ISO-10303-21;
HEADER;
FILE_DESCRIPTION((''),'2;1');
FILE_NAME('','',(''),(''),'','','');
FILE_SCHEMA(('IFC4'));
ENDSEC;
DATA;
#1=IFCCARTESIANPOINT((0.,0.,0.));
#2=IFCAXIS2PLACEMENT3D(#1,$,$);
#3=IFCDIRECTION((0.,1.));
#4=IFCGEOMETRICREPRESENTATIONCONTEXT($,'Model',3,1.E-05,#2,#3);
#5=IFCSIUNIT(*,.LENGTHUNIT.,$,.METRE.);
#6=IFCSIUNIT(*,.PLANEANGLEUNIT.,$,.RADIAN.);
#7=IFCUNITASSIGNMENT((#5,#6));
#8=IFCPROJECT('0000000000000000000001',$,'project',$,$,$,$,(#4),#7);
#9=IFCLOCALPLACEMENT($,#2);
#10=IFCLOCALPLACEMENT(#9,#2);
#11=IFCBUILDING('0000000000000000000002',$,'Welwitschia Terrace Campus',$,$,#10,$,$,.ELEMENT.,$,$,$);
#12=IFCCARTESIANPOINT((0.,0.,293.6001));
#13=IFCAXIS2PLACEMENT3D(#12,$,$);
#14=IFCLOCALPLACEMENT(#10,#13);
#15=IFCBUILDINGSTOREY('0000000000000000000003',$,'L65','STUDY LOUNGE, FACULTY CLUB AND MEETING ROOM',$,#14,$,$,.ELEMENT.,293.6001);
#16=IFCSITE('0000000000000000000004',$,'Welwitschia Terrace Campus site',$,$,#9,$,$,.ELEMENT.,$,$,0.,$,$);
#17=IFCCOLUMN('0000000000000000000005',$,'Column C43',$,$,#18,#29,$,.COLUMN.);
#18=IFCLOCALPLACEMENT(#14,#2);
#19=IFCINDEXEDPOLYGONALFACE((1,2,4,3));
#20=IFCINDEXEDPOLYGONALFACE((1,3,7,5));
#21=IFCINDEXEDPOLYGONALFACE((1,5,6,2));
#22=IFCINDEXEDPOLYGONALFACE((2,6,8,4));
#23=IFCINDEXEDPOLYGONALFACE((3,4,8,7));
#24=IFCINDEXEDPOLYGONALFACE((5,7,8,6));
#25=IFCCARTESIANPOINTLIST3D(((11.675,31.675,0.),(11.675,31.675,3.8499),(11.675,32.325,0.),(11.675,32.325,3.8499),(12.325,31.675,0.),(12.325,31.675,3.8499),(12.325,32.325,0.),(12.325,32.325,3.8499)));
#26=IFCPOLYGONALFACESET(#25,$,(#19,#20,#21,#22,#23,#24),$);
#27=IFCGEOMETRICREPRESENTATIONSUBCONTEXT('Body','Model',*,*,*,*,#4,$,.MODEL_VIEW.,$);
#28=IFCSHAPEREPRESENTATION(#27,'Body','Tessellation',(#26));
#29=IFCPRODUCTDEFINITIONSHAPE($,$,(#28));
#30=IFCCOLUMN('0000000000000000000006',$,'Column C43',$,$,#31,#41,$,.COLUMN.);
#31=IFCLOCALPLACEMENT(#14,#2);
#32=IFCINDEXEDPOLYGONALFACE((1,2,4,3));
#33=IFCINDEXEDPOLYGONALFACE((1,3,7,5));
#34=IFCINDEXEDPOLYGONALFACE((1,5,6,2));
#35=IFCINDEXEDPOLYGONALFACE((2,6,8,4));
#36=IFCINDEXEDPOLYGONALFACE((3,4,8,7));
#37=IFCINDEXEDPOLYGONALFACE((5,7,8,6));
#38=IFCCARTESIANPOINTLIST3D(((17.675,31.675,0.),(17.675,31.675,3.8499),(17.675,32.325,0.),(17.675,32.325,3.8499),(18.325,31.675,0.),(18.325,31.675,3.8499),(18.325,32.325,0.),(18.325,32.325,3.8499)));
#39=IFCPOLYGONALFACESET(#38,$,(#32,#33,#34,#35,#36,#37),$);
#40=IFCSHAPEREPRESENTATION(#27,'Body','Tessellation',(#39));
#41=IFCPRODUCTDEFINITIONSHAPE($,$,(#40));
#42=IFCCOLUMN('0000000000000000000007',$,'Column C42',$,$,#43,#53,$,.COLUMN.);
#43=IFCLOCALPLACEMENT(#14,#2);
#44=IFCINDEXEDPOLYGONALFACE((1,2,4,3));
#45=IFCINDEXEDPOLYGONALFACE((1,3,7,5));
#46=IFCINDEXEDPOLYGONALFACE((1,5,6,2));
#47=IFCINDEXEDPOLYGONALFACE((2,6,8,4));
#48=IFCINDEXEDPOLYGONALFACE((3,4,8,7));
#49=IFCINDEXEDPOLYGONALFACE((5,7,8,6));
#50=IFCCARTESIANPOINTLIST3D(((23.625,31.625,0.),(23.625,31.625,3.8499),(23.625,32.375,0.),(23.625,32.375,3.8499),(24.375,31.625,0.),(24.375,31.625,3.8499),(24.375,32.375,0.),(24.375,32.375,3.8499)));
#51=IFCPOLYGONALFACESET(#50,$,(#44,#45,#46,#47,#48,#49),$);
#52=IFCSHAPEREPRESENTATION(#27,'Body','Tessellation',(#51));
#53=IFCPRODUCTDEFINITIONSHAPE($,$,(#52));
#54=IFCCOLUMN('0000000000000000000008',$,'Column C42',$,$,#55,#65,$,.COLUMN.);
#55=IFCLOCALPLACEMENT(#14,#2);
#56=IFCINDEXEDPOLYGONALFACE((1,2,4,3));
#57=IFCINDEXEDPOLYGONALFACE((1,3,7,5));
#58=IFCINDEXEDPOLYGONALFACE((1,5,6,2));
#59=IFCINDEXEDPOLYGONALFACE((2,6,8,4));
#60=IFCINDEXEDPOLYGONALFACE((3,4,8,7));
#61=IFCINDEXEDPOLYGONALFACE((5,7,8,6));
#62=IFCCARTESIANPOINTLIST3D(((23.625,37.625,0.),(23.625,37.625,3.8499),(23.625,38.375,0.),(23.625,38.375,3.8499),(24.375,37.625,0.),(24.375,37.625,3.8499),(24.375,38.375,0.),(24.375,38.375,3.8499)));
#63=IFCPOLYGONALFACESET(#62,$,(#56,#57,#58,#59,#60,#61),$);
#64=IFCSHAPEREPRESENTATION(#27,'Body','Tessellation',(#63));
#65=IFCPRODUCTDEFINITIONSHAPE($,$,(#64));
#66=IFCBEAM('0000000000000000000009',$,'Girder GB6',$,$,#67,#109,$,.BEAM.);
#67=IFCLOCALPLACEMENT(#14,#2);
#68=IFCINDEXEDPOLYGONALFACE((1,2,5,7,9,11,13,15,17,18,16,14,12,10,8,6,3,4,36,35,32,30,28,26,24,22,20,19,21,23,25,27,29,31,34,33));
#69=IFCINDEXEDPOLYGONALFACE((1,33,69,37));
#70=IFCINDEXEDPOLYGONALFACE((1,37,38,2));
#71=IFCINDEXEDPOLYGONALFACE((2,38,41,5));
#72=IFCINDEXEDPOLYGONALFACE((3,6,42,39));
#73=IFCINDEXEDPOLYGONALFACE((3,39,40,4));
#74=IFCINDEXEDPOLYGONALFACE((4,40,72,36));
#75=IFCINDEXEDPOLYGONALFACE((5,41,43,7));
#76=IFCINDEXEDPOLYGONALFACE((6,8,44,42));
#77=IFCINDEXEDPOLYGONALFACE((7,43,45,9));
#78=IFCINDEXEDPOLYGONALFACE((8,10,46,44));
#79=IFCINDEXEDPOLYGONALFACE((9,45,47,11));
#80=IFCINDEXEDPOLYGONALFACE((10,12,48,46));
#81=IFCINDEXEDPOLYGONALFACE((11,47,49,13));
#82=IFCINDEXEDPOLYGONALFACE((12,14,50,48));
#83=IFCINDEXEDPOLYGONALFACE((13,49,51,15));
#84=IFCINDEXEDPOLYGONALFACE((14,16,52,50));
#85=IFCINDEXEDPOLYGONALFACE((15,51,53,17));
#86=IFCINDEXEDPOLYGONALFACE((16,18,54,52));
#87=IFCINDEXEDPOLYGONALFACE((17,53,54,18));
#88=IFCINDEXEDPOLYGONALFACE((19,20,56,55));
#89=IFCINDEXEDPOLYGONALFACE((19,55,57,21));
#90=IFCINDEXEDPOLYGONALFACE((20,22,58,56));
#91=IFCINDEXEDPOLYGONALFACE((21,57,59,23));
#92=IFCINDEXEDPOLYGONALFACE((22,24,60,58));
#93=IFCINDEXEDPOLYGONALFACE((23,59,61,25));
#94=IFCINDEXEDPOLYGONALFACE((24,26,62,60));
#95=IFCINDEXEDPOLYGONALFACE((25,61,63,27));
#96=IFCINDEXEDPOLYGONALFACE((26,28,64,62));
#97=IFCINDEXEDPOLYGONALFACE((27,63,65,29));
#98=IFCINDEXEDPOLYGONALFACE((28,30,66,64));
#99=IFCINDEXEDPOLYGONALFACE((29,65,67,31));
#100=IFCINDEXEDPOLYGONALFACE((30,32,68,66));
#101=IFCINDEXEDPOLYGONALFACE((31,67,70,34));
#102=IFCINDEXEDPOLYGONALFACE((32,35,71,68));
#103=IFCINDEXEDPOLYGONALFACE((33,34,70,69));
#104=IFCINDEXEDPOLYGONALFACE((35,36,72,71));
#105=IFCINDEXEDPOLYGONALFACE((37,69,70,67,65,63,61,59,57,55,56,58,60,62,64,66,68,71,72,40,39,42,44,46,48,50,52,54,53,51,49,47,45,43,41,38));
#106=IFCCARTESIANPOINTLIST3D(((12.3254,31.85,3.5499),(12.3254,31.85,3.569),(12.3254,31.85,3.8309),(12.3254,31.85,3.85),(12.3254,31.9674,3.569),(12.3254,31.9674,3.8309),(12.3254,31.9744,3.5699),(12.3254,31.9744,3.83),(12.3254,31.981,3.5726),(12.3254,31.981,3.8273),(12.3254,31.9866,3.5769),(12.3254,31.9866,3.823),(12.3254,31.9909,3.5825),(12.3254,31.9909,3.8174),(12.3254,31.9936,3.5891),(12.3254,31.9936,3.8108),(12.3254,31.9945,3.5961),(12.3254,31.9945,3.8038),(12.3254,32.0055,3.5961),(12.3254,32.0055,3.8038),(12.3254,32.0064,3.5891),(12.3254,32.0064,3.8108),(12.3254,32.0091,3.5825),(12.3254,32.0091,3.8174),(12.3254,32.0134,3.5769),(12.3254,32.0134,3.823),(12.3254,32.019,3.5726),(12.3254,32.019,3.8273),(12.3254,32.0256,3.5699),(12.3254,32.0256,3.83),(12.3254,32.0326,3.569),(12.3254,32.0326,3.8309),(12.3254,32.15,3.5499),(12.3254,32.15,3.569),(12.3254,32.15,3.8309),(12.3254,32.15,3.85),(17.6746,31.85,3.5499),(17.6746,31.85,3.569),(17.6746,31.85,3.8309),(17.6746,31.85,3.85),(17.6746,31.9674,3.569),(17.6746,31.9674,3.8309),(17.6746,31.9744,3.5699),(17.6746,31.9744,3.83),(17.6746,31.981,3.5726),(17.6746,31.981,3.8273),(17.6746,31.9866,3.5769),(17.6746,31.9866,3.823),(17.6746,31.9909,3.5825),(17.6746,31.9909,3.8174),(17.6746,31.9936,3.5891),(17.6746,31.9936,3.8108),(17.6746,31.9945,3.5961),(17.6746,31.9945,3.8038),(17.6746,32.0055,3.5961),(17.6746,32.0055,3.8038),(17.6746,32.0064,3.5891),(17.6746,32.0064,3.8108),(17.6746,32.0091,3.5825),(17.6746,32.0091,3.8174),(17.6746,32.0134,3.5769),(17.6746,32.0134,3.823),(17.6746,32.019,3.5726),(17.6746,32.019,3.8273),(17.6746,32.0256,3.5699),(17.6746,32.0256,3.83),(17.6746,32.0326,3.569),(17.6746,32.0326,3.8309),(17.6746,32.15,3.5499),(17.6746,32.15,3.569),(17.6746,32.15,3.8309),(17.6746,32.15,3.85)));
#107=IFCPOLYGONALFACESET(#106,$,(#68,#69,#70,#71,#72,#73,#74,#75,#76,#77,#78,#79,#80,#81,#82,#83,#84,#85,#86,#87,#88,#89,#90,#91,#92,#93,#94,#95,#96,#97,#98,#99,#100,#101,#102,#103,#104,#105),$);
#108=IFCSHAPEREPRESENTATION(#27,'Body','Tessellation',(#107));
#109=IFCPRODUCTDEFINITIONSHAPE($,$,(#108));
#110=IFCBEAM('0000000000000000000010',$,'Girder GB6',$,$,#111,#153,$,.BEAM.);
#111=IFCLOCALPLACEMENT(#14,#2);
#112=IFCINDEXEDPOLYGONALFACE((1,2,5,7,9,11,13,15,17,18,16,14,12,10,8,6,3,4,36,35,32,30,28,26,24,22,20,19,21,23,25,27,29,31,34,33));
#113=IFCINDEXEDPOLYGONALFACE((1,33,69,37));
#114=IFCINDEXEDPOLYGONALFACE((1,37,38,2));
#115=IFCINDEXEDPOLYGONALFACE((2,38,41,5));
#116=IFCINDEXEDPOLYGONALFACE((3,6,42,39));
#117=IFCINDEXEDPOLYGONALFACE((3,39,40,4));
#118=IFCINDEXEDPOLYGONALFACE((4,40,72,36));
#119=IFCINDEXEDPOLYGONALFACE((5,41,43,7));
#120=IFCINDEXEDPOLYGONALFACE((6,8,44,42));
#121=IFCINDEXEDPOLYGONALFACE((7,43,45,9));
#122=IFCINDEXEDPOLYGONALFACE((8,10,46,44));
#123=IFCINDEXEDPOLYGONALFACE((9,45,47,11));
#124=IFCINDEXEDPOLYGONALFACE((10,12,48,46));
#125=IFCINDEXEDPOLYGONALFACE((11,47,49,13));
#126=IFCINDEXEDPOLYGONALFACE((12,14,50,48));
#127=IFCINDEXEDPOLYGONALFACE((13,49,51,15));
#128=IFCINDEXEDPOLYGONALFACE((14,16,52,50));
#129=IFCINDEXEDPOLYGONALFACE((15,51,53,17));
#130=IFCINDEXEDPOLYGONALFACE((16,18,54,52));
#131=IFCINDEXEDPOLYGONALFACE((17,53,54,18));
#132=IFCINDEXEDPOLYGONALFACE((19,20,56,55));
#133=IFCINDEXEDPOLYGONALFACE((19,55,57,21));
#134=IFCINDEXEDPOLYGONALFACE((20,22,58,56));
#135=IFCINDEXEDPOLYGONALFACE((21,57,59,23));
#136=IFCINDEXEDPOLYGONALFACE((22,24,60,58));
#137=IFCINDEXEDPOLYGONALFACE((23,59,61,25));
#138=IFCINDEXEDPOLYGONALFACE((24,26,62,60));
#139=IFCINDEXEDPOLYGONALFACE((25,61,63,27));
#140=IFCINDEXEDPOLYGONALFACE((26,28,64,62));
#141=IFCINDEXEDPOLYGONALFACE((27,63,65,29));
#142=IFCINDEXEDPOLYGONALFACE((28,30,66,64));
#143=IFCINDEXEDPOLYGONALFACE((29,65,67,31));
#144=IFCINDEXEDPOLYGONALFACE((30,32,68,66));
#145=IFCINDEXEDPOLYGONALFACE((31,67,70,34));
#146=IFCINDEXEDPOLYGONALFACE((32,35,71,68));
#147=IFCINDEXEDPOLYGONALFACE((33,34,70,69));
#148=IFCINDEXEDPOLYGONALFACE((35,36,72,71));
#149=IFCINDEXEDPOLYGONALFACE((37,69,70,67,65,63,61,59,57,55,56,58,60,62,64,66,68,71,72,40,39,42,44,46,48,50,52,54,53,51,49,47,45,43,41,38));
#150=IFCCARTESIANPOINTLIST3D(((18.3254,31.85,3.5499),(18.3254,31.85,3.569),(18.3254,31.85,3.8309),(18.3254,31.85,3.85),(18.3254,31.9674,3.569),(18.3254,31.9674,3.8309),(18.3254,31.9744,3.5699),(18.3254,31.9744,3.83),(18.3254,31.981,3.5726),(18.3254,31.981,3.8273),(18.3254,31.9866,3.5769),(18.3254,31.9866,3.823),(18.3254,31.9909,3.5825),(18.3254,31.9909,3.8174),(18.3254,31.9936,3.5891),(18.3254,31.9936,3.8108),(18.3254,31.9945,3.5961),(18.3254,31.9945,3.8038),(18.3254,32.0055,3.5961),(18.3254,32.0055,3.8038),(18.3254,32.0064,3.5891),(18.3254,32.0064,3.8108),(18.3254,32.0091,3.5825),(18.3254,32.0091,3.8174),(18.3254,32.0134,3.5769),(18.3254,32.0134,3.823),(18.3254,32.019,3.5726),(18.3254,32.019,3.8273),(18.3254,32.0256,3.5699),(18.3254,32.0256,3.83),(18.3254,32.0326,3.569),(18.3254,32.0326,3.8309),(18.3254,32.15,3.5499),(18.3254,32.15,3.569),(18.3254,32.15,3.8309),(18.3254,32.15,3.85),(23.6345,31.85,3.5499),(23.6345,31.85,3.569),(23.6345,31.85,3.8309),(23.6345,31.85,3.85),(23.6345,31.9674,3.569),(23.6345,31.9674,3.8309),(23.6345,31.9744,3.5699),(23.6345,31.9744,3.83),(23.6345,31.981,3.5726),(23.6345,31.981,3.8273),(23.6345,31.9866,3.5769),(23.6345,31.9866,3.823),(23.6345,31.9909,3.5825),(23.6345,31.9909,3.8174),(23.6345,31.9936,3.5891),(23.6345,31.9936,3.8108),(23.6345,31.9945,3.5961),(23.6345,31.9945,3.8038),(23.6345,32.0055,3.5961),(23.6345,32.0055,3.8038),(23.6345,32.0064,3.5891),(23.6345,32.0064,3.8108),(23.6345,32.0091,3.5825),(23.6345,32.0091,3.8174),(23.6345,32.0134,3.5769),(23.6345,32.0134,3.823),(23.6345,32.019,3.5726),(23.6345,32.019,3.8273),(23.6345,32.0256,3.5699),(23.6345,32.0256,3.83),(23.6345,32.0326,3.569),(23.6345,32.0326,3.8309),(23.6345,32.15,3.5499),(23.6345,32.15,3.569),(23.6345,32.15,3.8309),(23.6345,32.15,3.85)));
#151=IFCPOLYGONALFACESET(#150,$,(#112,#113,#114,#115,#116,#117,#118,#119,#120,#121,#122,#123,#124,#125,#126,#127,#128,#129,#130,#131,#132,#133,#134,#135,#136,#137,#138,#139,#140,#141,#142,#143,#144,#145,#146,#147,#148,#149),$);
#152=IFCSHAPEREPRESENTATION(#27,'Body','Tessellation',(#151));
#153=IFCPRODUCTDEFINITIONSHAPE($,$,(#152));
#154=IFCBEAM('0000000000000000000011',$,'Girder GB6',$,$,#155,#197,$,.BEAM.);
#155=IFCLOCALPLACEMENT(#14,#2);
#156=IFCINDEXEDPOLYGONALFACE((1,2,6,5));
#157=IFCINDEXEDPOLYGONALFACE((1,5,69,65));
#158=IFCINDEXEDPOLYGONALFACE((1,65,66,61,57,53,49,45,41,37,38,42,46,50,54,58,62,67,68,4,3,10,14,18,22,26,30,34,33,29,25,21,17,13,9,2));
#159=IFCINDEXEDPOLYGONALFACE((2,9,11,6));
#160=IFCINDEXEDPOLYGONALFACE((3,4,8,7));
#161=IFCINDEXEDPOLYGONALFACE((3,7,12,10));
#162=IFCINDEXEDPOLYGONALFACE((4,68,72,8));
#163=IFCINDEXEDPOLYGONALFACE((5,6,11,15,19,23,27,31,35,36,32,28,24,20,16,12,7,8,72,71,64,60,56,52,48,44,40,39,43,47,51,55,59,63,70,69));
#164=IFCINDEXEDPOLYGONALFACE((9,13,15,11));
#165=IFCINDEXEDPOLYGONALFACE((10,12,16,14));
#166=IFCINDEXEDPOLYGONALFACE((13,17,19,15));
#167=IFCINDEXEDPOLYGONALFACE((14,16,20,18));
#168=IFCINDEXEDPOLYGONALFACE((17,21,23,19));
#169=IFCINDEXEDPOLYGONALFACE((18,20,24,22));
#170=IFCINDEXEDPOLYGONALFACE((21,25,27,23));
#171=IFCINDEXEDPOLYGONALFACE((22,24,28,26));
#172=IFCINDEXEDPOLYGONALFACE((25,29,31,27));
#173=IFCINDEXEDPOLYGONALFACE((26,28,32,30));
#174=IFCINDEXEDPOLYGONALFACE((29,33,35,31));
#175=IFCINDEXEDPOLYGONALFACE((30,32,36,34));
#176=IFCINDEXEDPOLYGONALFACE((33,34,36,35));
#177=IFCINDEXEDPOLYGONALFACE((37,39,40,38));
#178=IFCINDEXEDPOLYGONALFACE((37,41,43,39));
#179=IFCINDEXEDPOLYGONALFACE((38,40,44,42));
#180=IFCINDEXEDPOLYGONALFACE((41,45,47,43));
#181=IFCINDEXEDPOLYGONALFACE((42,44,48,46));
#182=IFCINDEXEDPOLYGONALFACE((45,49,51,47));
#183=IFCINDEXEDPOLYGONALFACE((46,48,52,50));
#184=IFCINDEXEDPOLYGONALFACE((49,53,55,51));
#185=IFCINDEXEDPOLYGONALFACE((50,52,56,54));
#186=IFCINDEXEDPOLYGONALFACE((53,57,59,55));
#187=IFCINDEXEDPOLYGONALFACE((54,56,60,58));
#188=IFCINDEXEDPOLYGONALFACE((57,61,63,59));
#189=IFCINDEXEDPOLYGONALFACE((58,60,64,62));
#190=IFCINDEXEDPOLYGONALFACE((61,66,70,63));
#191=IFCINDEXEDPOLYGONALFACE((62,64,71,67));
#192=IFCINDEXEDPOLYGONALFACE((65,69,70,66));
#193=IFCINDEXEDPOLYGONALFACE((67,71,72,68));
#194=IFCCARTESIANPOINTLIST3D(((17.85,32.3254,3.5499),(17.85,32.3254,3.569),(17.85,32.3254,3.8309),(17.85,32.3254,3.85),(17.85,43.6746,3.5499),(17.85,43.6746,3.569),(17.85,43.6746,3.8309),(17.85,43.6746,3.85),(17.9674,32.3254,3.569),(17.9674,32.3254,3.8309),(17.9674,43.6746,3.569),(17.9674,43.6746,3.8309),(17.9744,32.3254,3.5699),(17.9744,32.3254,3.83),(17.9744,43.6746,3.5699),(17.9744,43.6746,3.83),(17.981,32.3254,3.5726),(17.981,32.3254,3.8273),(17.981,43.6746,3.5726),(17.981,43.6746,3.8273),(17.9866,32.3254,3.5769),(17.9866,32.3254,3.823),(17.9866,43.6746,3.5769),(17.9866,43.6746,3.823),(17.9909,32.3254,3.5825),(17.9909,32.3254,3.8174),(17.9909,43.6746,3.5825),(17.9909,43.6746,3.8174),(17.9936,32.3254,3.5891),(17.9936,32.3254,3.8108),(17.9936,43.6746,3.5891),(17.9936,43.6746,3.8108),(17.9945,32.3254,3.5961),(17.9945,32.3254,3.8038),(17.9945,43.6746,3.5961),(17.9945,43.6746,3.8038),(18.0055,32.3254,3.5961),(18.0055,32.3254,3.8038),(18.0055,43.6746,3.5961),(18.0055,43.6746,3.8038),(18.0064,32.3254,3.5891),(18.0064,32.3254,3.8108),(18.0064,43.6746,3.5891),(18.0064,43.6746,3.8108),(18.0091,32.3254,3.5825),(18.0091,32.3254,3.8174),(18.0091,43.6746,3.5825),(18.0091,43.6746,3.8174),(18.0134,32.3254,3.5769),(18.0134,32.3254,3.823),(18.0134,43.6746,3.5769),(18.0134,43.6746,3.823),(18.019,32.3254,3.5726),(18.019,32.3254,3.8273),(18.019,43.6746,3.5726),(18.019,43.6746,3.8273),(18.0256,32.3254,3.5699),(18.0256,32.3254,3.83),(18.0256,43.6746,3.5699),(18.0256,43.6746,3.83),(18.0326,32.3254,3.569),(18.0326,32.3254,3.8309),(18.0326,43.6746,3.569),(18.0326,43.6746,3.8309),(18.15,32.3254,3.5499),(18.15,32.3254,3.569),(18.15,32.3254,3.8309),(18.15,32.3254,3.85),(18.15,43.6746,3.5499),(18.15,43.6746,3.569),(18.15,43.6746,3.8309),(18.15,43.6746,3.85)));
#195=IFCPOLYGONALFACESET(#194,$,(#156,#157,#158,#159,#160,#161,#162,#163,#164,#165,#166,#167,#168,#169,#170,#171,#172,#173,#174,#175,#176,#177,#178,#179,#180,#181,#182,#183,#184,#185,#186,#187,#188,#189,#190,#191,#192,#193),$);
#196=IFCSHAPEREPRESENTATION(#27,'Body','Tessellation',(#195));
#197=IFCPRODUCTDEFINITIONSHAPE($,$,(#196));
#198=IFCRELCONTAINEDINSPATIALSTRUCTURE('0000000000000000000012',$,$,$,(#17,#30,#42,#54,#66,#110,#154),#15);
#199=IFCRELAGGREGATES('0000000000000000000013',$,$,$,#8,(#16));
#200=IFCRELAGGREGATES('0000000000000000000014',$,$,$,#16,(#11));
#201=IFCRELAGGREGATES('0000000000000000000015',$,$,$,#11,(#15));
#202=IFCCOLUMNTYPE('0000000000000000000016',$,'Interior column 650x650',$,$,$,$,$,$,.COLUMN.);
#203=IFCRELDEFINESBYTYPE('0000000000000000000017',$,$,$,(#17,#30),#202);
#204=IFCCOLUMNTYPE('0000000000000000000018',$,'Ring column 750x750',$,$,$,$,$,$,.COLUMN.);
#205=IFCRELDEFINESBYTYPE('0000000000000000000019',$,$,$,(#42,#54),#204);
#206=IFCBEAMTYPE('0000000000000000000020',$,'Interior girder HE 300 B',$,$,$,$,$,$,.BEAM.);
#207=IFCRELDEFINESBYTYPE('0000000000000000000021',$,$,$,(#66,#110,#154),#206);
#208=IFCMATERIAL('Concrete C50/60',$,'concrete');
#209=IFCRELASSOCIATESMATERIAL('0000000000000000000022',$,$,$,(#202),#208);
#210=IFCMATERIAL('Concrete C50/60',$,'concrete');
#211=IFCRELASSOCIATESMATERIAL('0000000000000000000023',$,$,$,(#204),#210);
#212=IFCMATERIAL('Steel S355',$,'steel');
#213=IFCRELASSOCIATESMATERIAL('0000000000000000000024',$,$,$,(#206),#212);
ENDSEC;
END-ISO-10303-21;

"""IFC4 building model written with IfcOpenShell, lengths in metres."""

from ifc_helpers import new_model, si_unit, direction, frame, origin, origin_2d, place, context, subcontext, project, spatial, rectangle, i_section, extrude, material, material_profile, profile_set, type_object, element, save


model = new_model("IFC4")

# Units and contexts
model_context = context("Model", 3, precision=1e-05, world=origin(), true_north=direction((0.0, 1.0)))
body_context = subcontext(model_context, "Body", "Model", "MODEL_VIEW")
ifc_project = project(units=[si_unit("LENGTHUNIT", "METRE"), si_unit("PLANEANGLEUNIT", "RADIAN")], contexts=[model_context])

# Site, building, storey
site_placement = place(None, origin())
site = spatial("IfcSite", under=ifc_project, at=site_placement, Name="Welwitschia Terrace Campus site", CompositionType="ELEMENT", RefElevation=0.0)
building_placement = place(site_placement, origin())
building = spatial("IfcBuilding", under=site, at=building_placement, Name="Welwitschia Terrace Campus", CompositionType="ELEMENT")
storey_placement = place(building_placement, frame((0.0, 0.0, 293.6001)))
storey = spatial("IfcBuildingStorey", under=building, at=storey_placement, Name="L65", Description="STUDY LOUNGE, FACULTY CLUB AND MEETING ROOM", CompositionType="ELEMENT", Elevation=293.6001)

# Columns
ifc_material_1 = material(Name="Concrete C50/60", Category="concrete")
ifc_material_profile_1 = material_profile(ifc_material_1, rectangle(XDim=0.6499, YDim=0.6499, at=origin_2d()))
ifc_profile_set_1 = profile_set([ifc_material_profile_1], Name="Concrete C50/60")
column_type_1 = type_object("IfcColumnType", Name="Interior column 650x650", PredefinedType="COLUMN", material=ifc_profile_set_1)
for number, where, z_axis, x_axis, name in (
    (1, (12.0, 32.0, 0.0), (0.0, 0.0, 1.0), (1.0, 0.0, 0.0), "Column C43"),
    (2, (18.0, 32.0, 0.0), (0.0, 0.0, 1.0), (1.0, 0.0, 0.0), "Column C43"),
):
    element("IfcColumn", number, at=place(storey_placement, frame(where, z_axis=z_axis, x_axis=x_axis)), inside=storey, type_object=column_type_1, Name=name, PredefinedType="COLUMN", context=body_context, shape_type="SweptSolid", body=[
        extrude(rectangle(XDim=0.6499, YDim=0.6499, at=origin_2d()), origin(), (0.0, 0.0, 1.0), 3.8499),
    ])
ifc_material_2 = material(Name="Concrete C50/60", Category="concrete")
ifc_material_profile_2 = material_profile(ifc_material_2, rectangle(XDim=0.75, YDim=0.75, at=origin_2d()))
ifc_profile_set_2 = profile_set([ifc_material_profile_2], Name="Concrete C50/60")
column_type_2 = type_object("IfcColumnType", Name="Ring column 750x750", PredefinedType="COLUMN", material=ifc_profile_set_2)
for number, where, z_axis, x_axis, name in (
    (3, (24.0, 32.0, 0.0), (0.0, 0.0, 1.0), (1.0, 0.0, 0.0), "Column C42"),
    (4, (24.0, 38.0, 0.0), (0.0, 0.0, 1.0), (1.0, 0.0, 0.0), "Column C42"),
):
    element("IfcColumn", number, at=place(storey_placement, frame(where, z_axis=z_axis, x_axis=x_axis)), inside=storey, type_object=column_type_2, Name=name, PredefinedType="COLUMN", context=body_context, shape_type="SweptSolid", body=[
        extrude(rectangle(XDim=0.75, YDim=0.75, at=origin_2d()), origin(), (0.0, 0.0, 1.0), 3.8499),
    ])

# Beams
ifc_material_3 = material(Name="Steel S355", Category="steel")
ifc_material_profile_3 = material_profile(ifc_material_3, i_section(OverallWidth=0.3, OverallDepth=0.3, WebThickness=0.011, FlangeThickness=0.019, FilletRadius=0.0271, at=origin_2d()))
ifc_profile_set_3 = profile_set([ifc_material_profile_3], Name="Steel S355")
beam_type_1 = type_object("IfcBeamType", Name="Interior girder HE 300 B", PredefinedType="BEAM", material=ifc_profile_set_3)
beam_1_placement = place(storey_placement, frame((12.3254, 32.0, 3.7), z_axis=(1.0, 0.0, 0.0), x_axis=(0.0, 1.0, 0.0)))
element("IfcBeam", 5, at=beam_1_placement, inside=storey, type_object=beam_type_1, Name="Girder GB6", PredefinedType="BEAM", context=body_context, shape_type="SweptSolid", body=[
    extrude(i_section(OverallWidth=0.3, OverallDepth=0.3, WebThickness=0.011, FlangeThickness=0.019, FilletRadius=0.0271, at=origin_2d()), origin(), (0.0, 0.0, 1.0), 5.3491),
])
beam_2_placement = place(storey_placement, frame((18.3254, 32.0, 3.7), z_axis=(1.0, 0.0, 0.0), x_axis=(0.0, 1.0, 0.0)))
element("IfcBeam", 6, at=beam_2_placement, inside=storey, type_object=beam_type_1, Name="Girder GB6", PredefinedType="BEAM", context=body_context, shape_type="SweptSolid", body=[
    extrude(i_section(OverallWidth=0.3, OverallDepth=0.3, WebThickness=0.011, FlangeThickness=0.019, FilletRadius=0.0271, at=origin_2d()), origin(), (0.0, 0.0, 1.0), 5.3091),
])
beam_3_placement = place(storey_placement, frame((18.0, 32.3254, 3.7), z_axis=(0.0, 1.0, 0.0), x_axis=(-1.0, 0.0, 0.0)))
element("IfcBeam", 7, at=beam_3_placement, inside=storey, type_object=beam_type_1, Name="Girder GB6", PredefinedType="BEAM", context=body_context, shape_type="SweptSolid", body=[
    extrude(i_section(OverallWidth=0.3, OverallDepth=0.3, WebThickness=0.011, FlangeThickness=0.019, FilletRadius=0.0271, at=origin_2d()), origin(), (0.0, 0.0, 1.0), 11.3491),
])

save(model, "model.ifc")
